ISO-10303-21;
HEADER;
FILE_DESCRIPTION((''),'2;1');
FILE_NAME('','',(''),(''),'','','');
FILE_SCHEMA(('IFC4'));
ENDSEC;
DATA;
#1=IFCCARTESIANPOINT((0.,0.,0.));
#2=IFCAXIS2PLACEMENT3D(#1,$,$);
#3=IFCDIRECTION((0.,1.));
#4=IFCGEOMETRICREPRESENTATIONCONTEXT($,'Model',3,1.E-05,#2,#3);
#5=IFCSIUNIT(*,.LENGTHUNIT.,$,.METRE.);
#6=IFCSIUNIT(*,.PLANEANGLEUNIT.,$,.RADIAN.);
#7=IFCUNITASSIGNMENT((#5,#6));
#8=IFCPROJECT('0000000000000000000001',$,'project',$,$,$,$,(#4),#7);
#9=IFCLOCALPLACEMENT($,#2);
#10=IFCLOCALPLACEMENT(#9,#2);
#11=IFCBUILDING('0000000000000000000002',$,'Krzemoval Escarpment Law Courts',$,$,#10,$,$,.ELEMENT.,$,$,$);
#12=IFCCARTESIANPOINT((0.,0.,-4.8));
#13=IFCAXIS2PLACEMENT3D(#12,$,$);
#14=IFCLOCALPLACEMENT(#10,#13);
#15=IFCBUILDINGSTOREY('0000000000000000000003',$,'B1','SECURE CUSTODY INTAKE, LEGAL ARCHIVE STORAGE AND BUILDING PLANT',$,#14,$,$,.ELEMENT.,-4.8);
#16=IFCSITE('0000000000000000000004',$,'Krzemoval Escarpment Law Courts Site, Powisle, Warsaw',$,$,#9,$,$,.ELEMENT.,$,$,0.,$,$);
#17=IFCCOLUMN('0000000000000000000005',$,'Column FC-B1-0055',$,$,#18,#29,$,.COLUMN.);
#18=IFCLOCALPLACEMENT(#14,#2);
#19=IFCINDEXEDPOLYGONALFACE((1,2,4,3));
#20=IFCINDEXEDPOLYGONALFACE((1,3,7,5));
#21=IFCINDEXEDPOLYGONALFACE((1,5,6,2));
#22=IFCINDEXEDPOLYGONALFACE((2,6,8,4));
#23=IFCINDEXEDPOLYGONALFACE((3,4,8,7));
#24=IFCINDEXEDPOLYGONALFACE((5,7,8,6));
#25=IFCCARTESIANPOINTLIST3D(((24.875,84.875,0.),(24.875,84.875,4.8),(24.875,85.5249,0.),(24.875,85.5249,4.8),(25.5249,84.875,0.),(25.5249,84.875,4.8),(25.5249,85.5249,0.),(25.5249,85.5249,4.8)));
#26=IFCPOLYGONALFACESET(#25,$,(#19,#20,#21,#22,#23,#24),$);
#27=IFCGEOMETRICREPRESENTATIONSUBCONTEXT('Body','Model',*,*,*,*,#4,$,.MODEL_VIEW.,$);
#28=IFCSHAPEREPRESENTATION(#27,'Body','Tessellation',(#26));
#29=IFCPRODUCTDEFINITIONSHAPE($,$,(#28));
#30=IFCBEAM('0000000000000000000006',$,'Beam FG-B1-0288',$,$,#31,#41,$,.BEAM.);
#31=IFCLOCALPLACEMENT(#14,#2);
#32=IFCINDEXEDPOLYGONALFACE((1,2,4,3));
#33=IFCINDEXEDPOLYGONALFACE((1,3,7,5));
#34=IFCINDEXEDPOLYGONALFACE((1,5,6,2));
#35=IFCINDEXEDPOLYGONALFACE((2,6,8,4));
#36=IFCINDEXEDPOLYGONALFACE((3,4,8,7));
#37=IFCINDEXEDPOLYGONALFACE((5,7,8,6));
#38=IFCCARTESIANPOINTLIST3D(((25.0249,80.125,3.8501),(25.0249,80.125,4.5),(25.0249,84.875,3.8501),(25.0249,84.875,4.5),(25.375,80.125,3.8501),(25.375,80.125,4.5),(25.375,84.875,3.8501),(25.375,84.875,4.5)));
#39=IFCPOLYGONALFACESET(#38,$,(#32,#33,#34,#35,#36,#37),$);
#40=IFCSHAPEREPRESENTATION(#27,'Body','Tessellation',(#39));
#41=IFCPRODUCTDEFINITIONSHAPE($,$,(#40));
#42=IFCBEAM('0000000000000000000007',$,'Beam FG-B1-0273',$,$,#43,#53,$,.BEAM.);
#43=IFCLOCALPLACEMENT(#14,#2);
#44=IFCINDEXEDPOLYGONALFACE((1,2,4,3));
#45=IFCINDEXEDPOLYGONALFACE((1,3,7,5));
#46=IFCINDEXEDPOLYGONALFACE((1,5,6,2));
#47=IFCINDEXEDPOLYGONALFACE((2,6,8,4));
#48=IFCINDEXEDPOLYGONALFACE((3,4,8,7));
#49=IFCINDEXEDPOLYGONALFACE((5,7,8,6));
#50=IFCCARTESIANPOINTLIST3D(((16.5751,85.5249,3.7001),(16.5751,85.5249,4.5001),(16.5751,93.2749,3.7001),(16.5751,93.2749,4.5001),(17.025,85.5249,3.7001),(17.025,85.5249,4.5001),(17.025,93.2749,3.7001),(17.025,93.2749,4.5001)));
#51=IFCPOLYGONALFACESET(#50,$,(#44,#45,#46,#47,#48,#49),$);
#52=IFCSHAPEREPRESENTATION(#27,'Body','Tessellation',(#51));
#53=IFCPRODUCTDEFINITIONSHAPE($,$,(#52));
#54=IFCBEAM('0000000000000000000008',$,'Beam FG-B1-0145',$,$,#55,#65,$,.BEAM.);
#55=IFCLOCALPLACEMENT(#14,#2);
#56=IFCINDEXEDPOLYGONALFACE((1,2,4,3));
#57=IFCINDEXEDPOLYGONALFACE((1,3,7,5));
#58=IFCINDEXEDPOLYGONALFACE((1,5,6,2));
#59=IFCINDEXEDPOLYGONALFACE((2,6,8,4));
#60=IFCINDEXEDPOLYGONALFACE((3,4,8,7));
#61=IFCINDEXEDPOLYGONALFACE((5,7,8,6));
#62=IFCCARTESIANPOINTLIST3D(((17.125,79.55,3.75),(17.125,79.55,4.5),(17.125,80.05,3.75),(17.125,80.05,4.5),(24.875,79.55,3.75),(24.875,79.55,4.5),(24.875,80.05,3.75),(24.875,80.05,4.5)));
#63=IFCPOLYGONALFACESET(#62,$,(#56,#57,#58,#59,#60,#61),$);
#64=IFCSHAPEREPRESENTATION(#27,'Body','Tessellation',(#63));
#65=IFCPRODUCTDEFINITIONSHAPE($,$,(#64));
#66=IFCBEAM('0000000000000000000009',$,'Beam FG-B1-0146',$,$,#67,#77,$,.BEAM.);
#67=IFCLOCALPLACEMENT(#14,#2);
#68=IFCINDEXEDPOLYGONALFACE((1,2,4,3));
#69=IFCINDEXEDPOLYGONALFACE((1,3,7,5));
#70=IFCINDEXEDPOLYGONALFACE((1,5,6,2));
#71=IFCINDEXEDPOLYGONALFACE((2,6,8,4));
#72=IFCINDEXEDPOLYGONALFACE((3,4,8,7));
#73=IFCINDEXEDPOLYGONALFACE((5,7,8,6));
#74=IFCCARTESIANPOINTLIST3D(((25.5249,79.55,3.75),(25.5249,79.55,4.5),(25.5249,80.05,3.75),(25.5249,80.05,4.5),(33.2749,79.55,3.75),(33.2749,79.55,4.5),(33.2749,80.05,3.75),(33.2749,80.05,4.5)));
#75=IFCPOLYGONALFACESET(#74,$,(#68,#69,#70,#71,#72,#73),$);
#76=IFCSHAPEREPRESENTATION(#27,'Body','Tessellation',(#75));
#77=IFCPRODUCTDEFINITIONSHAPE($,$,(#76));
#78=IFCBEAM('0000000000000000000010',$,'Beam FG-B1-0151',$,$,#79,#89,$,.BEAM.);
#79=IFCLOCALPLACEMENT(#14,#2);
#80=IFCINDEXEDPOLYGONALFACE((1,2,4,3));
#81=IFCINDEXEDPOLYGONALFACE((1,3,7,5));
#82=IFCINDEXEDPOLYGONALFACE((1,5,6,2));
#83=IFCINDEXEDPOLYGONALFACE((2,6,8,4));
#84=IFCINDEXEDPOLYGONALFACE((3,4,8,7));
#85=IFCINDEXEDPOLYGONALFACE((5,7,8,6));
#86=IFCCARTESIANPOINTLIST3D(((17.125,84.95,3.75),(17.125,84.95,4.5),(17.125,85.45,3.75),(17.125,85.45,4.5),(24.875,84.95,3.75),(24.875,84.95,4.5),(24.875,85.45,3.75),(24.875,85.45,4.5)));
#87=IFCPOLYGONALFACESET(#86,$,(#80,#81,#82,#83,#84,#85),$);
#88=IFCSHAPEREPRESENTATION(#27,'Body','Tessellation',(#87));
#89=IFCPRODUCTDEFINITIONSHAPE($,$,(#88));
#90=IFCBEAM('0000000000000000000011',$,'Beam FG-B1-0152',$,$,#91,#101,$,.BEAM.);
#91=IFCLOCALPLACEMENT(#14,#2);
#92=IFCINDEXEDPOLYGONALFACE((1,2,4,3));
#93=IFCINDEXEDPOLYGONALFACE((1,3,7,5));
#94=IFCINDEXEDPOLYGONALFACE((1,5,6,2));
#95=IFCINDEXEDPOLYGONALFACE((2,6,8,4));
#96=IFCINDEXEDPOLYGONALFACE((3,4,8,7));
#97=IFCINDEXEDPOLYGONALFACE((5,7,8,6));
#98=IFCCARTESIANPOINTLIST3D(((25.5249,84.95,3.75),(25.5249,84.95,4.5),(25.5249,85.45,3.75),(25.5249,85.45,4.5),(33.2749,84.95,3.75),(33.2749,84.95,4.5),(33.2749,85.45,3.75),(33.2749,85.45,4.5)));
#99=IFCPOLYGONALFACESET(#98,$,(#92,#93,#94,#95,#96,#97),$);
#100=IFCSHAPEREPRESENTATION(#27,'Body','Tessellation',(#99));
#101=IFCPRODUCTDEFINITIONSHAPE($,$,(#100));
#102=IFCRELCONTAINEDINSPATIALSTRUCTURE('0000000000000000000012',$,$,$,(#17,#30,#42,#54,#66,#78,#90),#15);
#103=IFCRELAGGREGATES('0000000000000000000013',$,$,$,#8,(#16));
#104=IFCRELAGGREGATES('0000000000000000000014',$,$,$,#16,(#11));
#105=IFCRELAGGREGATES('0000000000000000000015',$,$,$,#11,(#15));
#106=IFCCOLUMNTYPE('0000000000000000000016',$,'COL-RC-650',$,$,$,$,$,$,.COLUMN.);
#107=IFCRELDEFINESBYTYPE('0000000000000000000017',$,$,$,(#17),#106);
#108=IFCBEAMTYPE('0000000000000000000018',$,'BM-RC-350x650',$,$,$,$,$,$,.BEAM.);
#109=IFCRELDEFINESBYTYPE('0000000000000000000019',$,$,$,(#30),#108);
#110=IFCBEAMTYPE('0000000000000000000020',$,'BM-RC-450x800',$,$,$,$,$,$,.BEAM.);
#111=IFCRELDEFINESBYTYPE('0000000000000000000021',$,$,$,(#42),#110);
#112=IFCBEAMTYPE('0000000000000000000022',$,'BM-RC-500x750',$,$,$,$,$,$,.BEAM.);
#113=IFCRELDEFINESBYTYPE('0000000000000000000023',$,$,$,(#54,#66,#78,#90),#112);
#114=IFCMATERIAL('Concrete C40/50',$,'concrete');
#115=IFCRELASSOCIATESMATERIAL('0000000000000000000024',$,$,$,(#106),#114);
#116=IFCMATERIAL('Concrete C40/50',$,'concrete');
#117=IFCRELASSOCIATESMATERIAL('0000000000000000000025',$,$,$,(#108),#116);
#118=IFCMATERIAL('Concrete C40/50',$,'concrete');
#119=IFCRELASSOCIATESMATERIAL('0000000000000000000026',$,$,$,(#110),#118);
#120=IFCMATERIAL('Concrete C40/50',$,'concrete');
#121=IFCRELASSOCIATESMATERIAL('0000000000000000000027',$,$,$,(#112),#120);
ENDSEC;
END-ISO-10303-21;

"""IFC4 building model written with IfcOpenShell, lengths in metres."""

from ifc_helpers import new_model, si_unit, direction, frame, origin, origin_2d, place, context, subcontext, project, spatial, rectangle, extrude, material, material_profile, profile_set, type_object, element, save


model = new_model("IFC4")

# Units and contexts
model_context = context("Model", 3, precision=1e-05, world=origin(), true_north=direction((0.0, 1.0)))
body_context = subcontext(model_context, "Body", "Model", "MODEL_VIEW")
ifc_project = project(units=[si_unit("LENGTHUNIT", "METRE"), si_unit("PLANEANGLEUNIT", "RADIAN")], contexts=[model_context])

# Site, building, storey
site_placement = place(None, origin())
site = spatial("IfcSite", under=ifc_project, at=site_placement, Name="Krzemoval Escarpment Law Courts Site, Powisle, Warsaw", CompositionType="ELEMENT", RefElevation=0.0)
building_placement = place(site_placement, origin())
building = spatial("IfcBuilding", under=site, at=building_placement, Name="Krzemoval Escarpment Law Courts", CompositionType="ELEMENT")
storey_placement = place(building_placement, frame((0.0, 0.0, -4.8)))
storey = spatial("IfcBuildingStorey", under=building, at=storey_placement, Name="B1", Description="SECURE CUSTODY INTAKE, LEGAL ARCHIVE STORAGE AND BUILDING PLANT", CompositionType="ELEMENT", Elevation=-4.8)

# Column
ifc_material_1 = material(Name="Concrete C40/50", Category="concrete")
ifc_material_profile_1 = material_profile(ifc_material_1, rectangle(XDim=0.6499, YDim=0.6499, at=origin_2d()), Name="RC 650x650")
ifc_profile_set_1 = profile_set([ifc_material_profile_1], Name="Concrete C40/50")
column_type = type_object("IfcColumnType", Name="COL-RC-650", PredefinedType="COLUMN", material=ifc_profile_set_1)
for number, where, z_axis, x_axis, name in (
    (1, (25.2, 85.2, 0.0), (0.0, 0.0, 1.0), (1.0, 0.0, 0.0), "Column FC-B1-0055"),
):
    element("IfcColumn", number, at=place(storey_placement, frame(where, z_axis=z_axis, x_axis=x_axis)), inside=storey, type_object=column_type, Name=name, PredefinedType="COLUMN", context=body_context, shape_type="SweptSolid", body=[
        extrude(rectangle(XDim=0.6499, YDim=0.6499, at=origin_2d()), origin(), (0.0, 0.0, 1.0), 4.8),
    ])

# Beams
ifc_material_2 = material(Name="Concrete C40/50", Category="concrete")
ifc_material_profile_2 = material_profile(ifc_material_2, rectangle(XDim=0.3501, YDim=0.6499, at=origin_2d()), Name="RCB 350x650")
ifc_profile_set_2 = profile_set([ifc_material_profile_2], Name="Concrete C40/50")
beam_type_1 = type_object("IfcBeamType", Name="BM-RC-350x650", PredefinedType="BEAM", material=ifc_profile_set_2)
beam_1_placement = place(storey_placement, frame((25.2, 80.125, 4.175), z_axis=(0.0, 1.0, 0.0), x_axis=(-1.0, 0.0, 0.0)))
element("IfcBeam", 2, at=beam_1_placement, inside=storey, type_object=beam_type_1, Name="Beam FG-B1-0288", PredefinedType="BEAM", context=body_context, shape_type="SweptSolid", body=[
    extrude(rectangle(XDim=0.3501, YDim=0.6499, at=origin_2d()), origin(), (0.0, 0.0, 1.0), 4.75),
])
ifc_material_3 = material(Name="Concrete C40/50", Category="concrete")
ifc_material_profile_3 = material_profile(ifc_material_3, rectangle(XDim=0.45, YDim=0.8, at=origin_2d()), Name="RCB 450x800")
ifc_profile_set_3 = profile_set([ifc_material_profile_3], Name="Concrete C40/50")
beam_type_2 = type_object("IfcBeamType", Name="BM-RC-450x800", PredefinedType="BEAM", material=ifc_profile_set_3)
beam_2_placement = place(storey_placement, frame((16.8, 85.5249, 4.1001), z_axis=(0.0, 1.0, 0.0), x_axis=(-1.0, 0.0, 0.0)))
element("IfcBeam", 3, at=beam_2_placement, inside=storey, type_object=beam_type_2, Name="Beam FG-B1-0273", PredefinedType="BEAM", context=body_context, shape_type="SweptSolid", body=[
    extrude(rectangle(XDim=0.45, YDim=0.8, at=origin_2d()), origin(), (0.0, 0.0, 1.0), 7.75),
])
ifc_material_4 = material(Name="Concrete C40/50", Category="concrete")
ifc_material_profile_4 = material_profile(ifc_material_4, rectangle(XDim=0.5, YDim=0.75, at=origin_2d()), Name="RCB 500x750")
ifc_profile_set_4 = profile_set([ifc_material_profile_4], Name="Concrete C40/50")
beam_type_3 = type_object("IfcBeamType", Name="BM-RC-500x750", PredefinedType="BEAM", material=ifc_profile_set_4)
for number, where, z_axis, x_axis, name in (
    (4, (17.125, 79.8, 4.125), (1.0, 0.0, 0.0), (0.0, 1.0, 0.0), "Beam FG-B1-0145"),
    (5, (25.5249, 79.8, 4.125), (1.0, 0.0, 0.0), (0.0, 1.0, 0.0), "Beam FG-B1-0146"),
    (6, (17.125, 85.2, 4.125), (1.0, 0.0, 0.0), (0.0, 1.0, 0.0), "Beam FG-B1-0151"),
    (7, (25.5249, 85.2, 4.125), (1.0, 0.0, 0.0), (0.0, 1.0, 0.0), "Beam FG-B1-0152"),
):
    element("IfcBeam", number, at=place(storey_placement, frame(where, z_axis=z_axis, x_axis=x_axis)), inside=storey, type_object=beam_type_3, Name=name, PredefinedType="BEAM", context=body_context, shape_type="SweptSolid", body=[
        extrude(rectangle(XDim=0.5, YDim=0.75, at=origin_2d()), origin(), (0.0, 0.0, 1.0), 7.75),
    ])

save(model, "model.ifc")
